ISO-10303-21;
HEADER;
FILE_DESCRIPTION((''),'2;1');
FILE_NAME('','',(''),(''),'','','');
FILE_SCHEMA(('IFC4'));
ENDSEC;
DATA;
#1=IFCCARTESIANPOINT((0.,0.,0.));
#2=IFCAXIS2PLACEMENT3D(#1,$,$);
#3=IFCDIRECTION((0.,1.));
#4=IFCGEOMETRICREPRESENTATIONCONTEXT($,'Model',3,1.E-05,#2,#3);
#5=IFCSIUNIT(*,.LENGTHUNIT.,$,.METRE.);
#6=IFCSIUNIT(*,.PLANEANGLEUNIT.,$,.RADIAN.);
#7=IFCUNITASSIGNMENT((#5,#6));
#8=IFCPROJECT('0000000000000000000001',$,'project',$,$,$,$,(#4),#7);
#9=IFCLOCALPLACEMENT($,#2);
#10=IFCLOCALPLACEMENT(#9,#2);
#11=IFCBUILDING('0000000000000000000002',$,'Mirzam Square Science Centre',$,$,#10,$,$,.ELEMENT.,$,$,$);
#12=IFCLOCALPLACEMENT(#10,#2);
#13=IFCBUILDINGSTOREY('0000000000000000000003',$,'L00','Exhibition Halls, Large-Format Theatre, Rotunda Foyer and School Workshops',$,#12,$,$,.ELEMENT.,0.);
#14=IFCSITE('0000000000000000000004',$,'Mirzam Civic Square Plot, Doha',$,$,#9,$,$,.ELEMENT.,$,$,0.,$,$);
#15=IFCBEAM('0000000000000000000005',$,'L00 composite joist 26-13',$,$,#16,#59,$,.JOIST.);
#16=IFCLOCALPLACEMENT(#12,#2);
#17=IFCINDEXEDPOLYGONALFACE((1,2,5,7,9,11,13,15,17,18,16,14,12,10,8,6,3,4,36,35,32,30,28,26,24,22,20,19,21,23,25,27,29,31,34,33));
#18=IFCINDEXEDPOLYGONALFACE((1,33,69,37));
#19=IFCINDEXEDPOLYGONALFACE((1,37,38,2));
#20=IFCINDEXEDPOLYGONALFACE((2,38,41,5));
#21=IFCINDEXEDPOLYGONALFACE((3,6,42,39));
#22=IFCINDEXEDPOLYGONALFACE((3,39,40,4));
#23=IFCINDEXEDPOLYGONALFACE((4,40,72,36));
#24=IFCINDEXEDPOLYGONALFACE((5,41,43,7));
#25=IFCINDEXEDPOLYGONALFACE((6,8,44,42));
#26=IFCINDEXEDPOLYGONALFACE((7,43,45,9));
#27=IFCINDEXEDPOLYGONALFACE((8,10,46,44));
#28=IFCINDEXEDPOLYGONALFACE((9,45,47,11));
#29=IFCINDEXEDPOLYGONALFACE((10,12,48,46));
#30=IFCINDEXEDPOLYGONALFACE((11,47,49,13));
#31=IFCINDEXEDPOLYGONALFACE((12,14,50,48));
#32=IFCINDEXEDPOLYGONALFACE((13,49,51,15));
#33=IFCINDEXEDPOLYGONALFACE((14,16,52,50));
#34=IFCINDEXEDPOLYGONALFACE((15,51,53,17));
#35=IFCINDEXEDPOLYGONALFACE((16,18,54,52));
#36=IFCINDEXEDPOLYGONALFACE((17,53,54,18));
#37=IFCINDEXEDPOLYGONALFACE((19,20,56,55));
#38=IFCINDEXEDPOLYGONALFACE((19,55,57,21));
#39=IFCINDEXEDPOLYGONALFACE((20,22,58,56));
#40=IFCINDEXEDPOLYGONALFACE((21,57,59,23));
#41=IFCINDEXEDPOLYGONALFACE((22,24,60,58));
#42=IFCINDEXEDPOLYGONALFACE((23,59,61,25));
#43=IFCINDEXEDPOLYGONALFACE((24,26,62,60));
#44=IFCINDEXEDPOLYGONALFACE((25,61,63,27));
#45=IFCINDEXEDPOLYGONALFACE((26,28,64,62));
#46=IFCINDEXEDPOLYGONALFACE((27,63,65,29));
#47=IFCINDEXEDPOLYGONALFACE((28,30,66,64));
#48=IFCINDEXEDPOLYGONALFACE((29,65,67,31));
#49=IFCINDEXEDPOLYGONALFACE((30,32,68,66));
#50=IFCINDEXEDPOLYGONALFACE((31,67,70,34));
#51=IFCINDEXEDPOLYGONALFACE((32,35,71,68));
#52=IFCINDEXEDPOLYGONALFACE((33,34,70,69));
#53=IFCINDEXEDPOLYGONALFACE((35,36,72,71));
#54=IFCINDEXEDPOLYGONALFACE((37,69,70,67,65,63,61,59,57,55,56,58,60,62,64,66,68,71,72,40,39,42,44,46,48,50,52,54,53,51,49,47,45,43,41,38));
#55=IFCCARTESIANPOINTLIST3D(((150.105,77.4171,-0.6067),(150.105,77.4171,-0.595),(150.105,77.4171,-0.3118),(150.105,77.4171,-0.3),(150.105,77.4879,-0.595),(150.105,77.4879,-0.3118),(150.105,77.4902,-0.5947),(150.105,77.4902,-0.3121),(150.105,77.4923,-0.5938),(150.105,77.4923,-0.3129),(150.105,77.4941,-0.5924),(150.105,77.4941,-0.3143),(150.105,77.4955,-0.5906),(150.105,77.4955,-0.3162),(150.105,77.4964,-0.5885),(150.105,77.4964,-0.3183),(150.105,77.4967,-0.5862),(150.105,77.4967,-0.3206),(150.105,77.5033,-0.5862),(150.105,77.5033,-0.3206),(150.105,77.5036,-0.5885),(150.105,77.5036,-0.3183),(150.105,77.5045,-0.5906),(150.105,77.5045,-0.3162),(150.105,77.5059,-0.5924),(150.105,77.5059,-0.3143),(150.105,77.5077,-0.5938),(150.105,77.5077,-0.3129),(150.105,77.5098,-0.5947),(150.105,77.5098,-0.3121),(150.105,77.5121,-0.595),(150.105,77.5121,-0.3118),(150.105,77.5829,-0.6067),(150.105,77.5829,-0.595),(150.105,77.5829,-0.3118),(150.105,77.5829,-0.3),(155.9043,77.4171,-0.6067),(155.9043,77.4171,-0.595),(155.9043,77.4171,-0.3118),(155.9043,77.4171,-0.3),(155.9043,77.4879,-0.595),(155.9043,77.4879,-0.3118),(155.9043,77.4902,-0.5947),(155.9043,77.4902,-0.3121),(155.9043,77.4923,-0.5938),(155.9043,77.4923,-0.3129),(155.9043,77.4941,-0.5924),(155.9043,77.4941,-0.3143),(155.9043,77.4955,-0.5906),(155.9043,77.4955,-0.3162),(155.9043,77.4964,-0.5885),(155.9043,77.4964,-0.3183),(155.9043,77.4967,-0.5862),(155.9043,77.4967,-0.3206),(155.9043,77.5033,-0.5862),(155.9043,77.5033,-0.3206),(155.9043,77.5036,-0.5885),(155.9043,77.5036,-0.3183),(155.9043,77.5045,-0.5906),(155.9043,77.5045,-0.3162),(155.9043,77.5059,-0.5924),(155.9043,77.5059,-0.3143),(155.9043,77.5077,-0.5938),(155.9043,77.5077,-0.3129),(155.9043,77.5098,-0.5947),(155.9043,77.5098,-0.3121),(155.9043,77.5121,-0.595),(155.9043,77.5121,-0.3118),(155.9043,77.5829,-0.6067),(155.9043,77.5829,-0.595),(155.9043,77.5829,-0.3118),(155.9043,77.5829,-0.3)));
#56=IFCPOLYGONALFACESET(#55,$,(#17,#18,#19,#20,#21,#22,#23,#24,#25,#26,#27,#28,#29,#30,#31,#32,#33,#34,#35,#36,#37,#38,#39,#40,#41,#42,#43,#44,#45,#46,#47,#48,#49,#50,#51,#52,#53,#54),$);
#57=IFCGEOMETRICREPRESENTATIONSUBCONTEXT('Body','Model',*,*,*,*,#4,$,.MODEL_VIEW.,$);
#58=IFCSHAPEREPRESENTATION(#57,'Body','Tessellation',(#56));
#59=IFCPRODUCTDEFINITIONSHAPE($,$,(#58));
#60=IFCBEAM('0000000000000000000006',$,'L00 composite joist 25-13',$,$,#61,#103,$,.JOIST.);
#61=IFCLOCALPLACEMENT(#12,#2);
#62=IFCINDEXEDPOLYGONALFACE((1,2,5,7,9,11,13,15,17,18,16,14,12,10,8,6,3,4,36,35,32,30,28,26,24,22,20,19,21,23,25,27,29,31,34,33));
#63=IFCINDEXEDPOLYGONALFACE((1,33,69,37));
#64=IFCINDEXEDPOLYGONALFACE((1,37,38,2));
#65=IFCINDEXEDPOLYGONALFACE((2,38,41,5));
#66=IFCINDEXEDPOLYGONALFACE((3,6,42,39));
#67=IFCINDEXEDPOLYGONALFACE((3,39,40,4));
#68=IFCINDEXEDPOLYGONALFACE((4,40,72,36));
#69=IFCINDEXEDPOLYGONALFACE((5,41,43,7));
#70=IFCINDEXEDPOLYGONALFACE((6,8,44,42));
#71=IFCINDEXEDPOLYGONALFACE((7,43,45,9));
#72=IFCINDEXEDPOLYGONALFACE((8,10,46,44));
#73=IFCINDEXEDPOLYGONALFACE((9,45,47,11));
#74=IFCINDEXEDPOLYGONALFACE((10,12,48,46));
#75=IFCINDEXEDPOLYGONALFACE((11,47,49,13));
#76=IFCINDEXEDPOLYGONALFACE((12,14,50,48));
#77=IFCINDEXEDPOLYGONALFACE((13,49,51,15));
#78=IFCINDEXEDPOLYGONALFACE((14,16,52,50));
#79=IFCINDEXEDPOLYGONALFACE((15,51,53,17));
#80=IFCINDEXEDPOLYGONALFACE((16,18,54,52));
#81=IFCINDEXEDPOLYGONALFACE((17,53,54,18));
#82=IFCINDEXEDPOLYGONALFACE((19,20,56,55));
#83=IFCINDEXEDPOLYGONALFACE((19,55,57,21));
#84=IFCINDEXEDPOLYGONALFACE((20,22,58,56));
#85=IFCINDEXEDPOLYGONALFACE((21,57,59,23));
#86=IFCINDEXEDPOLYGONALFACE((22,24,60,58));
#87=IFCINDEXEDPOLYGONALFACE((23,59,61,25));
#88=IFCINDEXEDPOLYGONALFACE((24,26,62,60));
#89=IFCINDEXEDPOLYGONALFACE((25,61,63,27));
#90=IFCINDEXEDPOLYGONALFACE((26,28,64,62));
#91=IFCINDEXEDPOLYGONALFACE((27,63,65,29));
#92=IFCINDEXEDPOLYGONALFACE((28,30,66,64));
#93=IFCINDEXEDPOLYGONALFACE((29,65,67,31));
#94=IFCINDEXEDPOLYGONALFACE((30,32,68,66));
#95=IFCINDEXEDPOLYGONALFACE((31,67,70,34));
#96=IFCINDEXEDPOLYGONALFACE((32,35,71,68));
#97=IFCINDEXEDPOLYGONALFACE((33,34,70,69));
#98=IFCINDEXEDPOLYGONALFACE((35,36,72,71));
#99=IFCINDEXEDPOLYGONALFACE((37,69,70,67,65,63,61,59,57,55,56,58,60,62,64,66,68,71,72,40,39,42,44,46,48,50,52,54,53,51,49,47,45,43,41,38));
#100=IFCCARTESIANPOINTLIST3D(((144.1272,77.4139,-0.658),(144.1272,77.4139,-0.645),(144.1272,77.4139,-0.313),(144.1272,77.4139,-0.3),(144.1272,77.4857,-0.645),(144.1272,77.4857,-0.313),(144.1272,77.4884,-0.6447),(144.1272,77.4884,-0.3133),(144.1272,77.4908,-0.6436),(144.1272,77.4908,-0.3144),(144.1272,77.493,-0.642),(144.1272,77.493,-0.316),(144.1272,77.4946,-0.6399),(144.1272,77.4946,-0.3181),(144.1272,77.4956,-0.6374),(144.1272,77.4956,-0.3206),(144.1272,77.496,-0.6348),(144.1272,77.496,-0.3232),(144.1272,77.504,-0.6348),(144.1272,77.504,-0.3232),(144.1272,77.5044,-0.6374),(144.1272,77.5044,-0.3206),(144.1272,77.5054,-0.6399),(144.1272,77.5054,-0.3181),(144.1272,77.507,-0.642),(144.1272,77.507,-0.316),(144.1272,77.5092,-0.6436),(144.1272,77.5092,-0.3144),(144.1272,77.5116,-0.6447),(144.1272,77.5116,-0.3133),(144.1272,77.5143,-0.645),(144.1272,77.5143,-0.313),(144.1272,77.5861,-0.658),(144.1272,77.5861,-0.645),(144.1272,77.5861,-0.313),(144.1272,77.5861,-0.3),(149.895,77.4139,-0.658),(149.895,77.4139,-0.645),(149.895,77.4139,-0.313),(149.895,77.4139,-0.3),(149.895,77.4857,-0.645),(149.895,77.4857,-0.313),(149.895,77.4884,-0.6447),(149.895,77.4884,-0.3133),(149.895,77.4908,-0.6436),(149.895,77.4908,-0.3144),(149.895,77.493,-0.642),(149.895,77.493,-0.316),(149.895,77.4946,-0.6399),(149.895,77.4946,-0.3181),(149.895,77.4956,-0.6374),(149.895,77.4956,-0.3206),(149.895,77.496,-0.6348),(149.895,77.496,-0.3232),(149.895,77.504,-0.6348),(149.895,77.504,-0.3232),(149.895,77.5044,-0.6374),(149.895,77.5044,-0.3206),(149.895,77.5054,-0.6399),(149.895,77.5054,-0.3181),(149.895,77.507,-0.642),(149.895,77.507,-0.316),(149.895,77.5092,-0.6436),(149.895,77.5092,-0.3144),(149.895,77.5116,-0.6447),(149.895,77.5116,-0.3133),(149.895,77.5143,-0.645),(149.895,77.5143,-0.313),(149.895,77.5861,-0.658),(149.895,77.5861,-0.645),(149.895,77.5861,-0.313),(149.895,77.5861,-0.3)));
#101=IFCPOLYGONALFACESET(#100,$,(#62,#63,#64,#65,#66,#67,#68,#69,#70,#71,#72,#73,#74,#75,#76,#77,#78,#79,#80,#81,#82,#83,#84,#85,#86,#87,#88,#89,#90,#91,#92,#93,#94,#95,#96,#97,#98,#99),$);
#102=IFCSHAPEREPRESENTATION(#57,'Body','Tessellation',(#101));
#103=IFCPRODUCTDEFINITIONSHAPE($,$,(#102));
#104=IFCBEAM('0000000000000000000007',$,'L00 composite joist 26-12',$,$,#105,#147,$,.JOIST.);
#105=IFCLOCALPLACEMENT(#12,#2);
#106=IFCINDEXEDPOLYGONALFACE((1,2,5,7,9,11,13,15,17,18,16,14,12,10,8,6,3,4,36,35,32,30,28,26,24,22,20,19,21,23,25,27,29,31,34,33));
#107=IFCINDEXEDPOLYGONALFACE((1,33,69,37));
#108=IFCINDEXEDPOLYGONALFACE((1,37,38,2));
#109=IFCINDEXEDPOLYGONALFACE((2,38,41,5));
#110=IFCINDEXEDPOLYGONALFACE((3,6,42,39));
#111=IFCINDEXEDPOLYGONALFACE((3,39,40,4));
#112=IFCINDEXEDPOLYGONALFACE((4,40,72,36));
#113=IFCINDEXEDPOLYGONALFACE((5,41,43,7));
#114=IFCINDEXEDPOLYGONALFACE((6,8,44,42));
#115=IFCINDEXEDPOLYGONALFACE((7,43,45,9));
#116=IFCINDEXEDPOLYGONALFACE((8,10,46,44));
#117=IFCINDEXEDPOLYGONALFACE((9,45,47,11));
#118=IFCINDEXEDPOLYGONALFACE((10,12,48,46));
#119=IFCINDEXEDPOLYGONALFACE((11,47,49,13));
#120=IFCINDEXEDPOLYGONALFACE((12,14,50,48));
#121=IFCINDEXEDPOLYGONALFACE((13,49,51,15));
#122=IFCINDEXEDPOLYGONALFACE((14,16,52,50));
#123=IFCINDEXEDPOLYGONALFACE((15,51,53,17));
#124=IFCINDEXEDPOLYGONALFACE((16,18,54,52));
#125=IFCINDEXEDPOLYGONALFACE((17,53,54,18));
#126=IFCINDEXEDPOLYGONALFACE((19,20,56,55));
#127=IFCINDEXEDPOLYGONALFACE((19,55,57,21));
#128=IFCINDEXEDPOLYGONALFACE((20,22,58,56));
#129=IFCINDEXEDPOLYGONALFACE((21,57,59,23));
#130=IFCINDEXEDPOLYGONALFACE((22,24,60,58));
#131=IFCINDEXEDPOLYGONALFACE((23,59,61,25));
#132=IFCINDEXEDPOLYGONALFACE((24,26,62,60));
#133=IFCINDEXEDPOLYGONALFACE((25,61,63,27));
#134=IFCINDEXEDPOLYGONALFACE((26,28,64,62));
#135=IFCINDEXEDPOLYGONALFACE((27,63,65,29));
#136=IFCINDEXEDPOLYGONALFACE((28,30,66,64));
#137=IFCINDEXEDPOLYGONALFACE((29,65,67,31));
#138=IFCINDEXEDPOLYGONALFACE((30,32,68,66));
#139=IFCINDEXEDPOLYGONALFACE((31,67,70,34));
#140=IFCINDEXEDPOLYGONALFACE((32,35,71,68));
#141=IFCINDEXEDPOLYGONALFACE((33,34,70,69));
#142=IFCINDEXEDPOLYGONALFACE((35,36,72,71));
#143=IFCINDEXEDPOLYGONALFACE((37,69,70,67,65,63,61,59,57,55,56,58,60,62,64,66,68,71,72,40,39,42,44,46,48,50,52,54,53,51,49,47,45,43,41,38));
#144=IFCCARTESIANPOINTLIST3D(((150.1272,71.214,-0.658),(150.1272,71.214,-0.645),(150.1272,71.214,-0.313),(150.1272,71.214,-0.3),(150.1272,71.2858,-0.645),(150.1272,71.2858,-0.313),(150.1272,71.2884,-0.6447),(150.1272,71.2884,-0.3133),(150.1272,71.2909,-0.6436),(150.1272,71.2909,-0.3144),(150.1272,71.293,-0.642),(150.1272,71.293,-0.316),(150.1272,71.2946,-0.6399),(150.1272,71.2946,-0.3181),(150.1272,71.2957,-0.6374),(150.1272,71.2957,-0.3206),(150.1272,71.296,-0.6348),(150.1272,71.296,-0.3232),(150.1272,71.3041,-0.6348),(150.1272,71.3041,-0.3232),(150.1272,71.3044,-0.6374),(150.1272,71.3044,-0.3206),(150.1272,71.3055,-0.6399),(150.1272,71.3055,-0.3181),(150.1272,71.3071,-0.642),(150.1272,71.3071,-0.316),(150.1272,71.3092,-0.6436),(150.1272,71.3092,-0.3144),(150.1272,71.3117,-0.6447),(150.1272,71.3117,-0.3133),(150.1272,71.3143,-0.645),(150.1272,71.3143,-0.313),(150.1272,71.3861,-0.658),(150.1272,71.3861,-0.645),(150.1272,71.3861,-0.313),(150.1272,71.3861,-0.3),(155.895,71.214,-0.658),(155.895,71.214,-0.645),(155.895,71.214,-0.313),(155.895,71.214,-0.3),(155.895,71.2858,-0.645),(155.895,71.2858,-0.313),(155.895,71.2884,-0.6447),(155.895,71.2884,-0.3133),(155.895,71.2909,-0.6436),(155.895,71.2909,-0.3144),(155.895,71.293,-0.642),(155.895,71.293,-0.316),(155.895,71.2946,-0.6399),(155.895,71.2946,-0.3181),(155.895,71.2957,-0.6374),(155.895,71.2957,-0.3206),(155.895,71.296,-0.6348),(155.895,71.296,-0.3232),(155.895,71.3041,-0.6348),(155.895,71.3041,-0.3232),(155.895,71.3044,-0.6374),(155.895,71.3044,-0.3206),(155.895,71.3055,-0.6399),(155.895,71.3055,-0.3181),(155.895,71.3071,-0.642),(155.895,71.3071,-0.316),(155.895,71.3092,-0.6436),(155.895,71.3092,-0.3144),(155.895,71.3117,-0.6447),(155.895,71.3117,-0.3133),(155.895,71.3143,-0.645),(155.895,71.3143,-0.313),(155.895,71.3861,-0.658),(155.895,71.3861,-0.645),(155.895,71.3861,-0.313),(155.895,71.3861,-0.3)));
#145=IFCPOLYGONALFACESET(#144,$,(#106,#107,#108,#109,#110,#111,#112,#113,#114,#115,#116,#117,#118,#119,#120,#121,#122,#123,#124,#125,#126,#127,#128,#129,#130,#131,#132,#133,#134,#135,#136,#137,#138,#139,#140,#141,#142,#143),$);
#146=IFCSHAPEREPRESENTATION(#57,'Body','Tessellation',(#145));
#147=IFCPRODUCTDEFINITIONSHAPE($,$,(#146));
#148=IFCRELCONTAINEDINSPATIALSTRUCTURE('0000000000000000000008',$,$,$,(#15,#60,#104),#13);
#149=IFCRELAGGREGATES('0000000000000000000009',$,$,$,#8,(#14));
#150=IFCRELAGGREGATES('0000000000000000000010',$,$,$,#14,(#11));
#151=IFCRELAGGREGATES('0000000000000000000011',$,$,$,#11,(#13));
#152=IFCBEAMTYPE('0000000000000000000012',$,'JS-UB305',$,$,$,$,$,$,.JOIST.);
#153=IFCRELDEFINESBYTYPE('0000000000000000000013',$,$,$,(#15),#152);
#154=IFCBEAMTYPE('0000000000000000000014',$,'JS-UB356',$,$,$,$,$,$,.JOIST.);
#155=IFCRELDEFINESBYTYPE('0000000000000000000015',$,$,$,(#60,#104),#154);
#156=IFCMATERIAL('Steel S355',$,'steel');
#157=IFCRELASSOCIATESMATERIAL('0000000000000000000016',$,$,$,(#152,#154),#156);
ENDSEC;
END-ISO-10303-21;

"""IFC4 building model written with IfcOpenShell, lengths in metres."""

from ifc_helpers import new_model, si_unit, direction, frame, origin, origin_2d, place, context, subcontext, project, spatial, i_section, extrude, material, material_profile, profile_set, type_object, element, save


model = new_model("IFC4")

# Units and contexts
model_context = context("Model", 3, precision=1e-05, world=origin(), true_north=direction((0.0, 1.0)))
body_context = subcontext(model_context, "Body", "Model", "MODEL_VIEW")
ifc_project = project(units=[si_unit("LENGTHUNIT", "METRE"), si_unit("PLANEANGLEUNIT", "RADIAN")], contexts=[model_context])

# Site, building, storey
site_placement = place(None, origin())
site = spatial("IfcSite", under=ifc_project, at=site_placement, Name="Mirzam Civic Square Plot, Doha", CompositionType="ELEMENT", RefElevation=0.0)
building_placement = place(site_placement, origin())
building = spatial("IfcBuilding", under=site, at=building_placement, Name="Mirzam Square Science Centre", CompositionType="ELEMENT")
storey_placement = place(building_placement, origin())
storey = spatial("IfcBuildingStorey", under=building, at=storey_placement, Name="L00", Description="Exhibition Halls, Large-Format Theatre, Rotunda Foyer and School Workshops", CompositionType="ELEMENT", Elevation=0.0)

# Shared definitions
ifc_material = material(Name="Steel S355", Category="steel")

# Beams
ifc_material_profile_1 = material_profile(ifc_material, i_section(OverallWidth=0.1658, OverallDepth=0.3066, WebThickness=0.0066, FlangeThickness=0.0117, FilletRadius=0.0088, at=origin_2d()), Name="305x165x46UB")
ifc_profile_set_1 = profile_set([ifc_material_profile_1], Name="Steel S355")
beam_type_1 = type_object("IfcBeamType", Name="JS-UB305", PredefinedType="JOIST", material=ifc_profile_set_1)
for number, where, z_axis, x_axis, name in (
    (1, (150.105, 77.5, -0.4534), (1.0, 0.0, 0.0), (0.0, 1.0, 0.0), "L00 composite joist 26-13"),
):
    element("IfcBeam", number, at=place(storey_placement, frame(where, z_axis=z_axis, x_axis=x_axis)), inside=storey, type_object=beam_type_1, Name=name, PredefinedType="JOIST", context=body_context, shape_type="SweptSolid", body=[
        extrude(i_section(OverallWidth=0.1658, OverallDepth=0.3066, WebThickness=0.0066, FlangeThickness=0.0117, FilletRadius=0.0088, at=origin_2d()), origin(), (0.0, 0.0, 1.0), 5.7993),
    ])
ifc_material_profile_2 = material_profile(ifc_material, i_section(OverallWidth=0.1721, OverallDepth=0.3579, WebThickness=0.0081, FlangeThickness=0.0129, FilletRadius=0.0103, at=origin_2d()), Name="356x171x57UB")
ifc_profile_set_2 = profile_set([ifc_material_profile_2], Name="Steel S355")
beam_type_2 = type_object("IfcBeamType", Name="JS-UB356", PredefinedType="JOIST", material=ifc_profile_set_2)
for number, where, z_axis, x_axis, name in (
    (2, (144.1272, 77.5, -0.479), (1.0, 0.0, 0.0), (0.0, 1.0, 0.0), "L00 composite joist 25-13"),
    (3, (150.1272, 71.3, -0.479), (1.0, 0.0, 0.0), (0.0, 1.0, 0.0), "L00 composite joist 26-12"),
):
    element("IfcBeam", number, at=place(storey_placement, frame(where, z_axis=z_axis, x_axis=x_axis)), inside=storey, type_object=beam_type_2, Name=name, PredefinedType="JOIST", context=body_context, shape_type="SweptSolid", body=[
        extrude(i_section(OverallWidth=0.1721, OverallDepth=0.3579, WebThickness=0.0081, FlangeThickness=0.0129, FilletRadius=0.0103, at=origin_2d()), origin(), (0.0, 0.0, 1.0), 5.7678),
    ])

save(model, "model.ifc")
